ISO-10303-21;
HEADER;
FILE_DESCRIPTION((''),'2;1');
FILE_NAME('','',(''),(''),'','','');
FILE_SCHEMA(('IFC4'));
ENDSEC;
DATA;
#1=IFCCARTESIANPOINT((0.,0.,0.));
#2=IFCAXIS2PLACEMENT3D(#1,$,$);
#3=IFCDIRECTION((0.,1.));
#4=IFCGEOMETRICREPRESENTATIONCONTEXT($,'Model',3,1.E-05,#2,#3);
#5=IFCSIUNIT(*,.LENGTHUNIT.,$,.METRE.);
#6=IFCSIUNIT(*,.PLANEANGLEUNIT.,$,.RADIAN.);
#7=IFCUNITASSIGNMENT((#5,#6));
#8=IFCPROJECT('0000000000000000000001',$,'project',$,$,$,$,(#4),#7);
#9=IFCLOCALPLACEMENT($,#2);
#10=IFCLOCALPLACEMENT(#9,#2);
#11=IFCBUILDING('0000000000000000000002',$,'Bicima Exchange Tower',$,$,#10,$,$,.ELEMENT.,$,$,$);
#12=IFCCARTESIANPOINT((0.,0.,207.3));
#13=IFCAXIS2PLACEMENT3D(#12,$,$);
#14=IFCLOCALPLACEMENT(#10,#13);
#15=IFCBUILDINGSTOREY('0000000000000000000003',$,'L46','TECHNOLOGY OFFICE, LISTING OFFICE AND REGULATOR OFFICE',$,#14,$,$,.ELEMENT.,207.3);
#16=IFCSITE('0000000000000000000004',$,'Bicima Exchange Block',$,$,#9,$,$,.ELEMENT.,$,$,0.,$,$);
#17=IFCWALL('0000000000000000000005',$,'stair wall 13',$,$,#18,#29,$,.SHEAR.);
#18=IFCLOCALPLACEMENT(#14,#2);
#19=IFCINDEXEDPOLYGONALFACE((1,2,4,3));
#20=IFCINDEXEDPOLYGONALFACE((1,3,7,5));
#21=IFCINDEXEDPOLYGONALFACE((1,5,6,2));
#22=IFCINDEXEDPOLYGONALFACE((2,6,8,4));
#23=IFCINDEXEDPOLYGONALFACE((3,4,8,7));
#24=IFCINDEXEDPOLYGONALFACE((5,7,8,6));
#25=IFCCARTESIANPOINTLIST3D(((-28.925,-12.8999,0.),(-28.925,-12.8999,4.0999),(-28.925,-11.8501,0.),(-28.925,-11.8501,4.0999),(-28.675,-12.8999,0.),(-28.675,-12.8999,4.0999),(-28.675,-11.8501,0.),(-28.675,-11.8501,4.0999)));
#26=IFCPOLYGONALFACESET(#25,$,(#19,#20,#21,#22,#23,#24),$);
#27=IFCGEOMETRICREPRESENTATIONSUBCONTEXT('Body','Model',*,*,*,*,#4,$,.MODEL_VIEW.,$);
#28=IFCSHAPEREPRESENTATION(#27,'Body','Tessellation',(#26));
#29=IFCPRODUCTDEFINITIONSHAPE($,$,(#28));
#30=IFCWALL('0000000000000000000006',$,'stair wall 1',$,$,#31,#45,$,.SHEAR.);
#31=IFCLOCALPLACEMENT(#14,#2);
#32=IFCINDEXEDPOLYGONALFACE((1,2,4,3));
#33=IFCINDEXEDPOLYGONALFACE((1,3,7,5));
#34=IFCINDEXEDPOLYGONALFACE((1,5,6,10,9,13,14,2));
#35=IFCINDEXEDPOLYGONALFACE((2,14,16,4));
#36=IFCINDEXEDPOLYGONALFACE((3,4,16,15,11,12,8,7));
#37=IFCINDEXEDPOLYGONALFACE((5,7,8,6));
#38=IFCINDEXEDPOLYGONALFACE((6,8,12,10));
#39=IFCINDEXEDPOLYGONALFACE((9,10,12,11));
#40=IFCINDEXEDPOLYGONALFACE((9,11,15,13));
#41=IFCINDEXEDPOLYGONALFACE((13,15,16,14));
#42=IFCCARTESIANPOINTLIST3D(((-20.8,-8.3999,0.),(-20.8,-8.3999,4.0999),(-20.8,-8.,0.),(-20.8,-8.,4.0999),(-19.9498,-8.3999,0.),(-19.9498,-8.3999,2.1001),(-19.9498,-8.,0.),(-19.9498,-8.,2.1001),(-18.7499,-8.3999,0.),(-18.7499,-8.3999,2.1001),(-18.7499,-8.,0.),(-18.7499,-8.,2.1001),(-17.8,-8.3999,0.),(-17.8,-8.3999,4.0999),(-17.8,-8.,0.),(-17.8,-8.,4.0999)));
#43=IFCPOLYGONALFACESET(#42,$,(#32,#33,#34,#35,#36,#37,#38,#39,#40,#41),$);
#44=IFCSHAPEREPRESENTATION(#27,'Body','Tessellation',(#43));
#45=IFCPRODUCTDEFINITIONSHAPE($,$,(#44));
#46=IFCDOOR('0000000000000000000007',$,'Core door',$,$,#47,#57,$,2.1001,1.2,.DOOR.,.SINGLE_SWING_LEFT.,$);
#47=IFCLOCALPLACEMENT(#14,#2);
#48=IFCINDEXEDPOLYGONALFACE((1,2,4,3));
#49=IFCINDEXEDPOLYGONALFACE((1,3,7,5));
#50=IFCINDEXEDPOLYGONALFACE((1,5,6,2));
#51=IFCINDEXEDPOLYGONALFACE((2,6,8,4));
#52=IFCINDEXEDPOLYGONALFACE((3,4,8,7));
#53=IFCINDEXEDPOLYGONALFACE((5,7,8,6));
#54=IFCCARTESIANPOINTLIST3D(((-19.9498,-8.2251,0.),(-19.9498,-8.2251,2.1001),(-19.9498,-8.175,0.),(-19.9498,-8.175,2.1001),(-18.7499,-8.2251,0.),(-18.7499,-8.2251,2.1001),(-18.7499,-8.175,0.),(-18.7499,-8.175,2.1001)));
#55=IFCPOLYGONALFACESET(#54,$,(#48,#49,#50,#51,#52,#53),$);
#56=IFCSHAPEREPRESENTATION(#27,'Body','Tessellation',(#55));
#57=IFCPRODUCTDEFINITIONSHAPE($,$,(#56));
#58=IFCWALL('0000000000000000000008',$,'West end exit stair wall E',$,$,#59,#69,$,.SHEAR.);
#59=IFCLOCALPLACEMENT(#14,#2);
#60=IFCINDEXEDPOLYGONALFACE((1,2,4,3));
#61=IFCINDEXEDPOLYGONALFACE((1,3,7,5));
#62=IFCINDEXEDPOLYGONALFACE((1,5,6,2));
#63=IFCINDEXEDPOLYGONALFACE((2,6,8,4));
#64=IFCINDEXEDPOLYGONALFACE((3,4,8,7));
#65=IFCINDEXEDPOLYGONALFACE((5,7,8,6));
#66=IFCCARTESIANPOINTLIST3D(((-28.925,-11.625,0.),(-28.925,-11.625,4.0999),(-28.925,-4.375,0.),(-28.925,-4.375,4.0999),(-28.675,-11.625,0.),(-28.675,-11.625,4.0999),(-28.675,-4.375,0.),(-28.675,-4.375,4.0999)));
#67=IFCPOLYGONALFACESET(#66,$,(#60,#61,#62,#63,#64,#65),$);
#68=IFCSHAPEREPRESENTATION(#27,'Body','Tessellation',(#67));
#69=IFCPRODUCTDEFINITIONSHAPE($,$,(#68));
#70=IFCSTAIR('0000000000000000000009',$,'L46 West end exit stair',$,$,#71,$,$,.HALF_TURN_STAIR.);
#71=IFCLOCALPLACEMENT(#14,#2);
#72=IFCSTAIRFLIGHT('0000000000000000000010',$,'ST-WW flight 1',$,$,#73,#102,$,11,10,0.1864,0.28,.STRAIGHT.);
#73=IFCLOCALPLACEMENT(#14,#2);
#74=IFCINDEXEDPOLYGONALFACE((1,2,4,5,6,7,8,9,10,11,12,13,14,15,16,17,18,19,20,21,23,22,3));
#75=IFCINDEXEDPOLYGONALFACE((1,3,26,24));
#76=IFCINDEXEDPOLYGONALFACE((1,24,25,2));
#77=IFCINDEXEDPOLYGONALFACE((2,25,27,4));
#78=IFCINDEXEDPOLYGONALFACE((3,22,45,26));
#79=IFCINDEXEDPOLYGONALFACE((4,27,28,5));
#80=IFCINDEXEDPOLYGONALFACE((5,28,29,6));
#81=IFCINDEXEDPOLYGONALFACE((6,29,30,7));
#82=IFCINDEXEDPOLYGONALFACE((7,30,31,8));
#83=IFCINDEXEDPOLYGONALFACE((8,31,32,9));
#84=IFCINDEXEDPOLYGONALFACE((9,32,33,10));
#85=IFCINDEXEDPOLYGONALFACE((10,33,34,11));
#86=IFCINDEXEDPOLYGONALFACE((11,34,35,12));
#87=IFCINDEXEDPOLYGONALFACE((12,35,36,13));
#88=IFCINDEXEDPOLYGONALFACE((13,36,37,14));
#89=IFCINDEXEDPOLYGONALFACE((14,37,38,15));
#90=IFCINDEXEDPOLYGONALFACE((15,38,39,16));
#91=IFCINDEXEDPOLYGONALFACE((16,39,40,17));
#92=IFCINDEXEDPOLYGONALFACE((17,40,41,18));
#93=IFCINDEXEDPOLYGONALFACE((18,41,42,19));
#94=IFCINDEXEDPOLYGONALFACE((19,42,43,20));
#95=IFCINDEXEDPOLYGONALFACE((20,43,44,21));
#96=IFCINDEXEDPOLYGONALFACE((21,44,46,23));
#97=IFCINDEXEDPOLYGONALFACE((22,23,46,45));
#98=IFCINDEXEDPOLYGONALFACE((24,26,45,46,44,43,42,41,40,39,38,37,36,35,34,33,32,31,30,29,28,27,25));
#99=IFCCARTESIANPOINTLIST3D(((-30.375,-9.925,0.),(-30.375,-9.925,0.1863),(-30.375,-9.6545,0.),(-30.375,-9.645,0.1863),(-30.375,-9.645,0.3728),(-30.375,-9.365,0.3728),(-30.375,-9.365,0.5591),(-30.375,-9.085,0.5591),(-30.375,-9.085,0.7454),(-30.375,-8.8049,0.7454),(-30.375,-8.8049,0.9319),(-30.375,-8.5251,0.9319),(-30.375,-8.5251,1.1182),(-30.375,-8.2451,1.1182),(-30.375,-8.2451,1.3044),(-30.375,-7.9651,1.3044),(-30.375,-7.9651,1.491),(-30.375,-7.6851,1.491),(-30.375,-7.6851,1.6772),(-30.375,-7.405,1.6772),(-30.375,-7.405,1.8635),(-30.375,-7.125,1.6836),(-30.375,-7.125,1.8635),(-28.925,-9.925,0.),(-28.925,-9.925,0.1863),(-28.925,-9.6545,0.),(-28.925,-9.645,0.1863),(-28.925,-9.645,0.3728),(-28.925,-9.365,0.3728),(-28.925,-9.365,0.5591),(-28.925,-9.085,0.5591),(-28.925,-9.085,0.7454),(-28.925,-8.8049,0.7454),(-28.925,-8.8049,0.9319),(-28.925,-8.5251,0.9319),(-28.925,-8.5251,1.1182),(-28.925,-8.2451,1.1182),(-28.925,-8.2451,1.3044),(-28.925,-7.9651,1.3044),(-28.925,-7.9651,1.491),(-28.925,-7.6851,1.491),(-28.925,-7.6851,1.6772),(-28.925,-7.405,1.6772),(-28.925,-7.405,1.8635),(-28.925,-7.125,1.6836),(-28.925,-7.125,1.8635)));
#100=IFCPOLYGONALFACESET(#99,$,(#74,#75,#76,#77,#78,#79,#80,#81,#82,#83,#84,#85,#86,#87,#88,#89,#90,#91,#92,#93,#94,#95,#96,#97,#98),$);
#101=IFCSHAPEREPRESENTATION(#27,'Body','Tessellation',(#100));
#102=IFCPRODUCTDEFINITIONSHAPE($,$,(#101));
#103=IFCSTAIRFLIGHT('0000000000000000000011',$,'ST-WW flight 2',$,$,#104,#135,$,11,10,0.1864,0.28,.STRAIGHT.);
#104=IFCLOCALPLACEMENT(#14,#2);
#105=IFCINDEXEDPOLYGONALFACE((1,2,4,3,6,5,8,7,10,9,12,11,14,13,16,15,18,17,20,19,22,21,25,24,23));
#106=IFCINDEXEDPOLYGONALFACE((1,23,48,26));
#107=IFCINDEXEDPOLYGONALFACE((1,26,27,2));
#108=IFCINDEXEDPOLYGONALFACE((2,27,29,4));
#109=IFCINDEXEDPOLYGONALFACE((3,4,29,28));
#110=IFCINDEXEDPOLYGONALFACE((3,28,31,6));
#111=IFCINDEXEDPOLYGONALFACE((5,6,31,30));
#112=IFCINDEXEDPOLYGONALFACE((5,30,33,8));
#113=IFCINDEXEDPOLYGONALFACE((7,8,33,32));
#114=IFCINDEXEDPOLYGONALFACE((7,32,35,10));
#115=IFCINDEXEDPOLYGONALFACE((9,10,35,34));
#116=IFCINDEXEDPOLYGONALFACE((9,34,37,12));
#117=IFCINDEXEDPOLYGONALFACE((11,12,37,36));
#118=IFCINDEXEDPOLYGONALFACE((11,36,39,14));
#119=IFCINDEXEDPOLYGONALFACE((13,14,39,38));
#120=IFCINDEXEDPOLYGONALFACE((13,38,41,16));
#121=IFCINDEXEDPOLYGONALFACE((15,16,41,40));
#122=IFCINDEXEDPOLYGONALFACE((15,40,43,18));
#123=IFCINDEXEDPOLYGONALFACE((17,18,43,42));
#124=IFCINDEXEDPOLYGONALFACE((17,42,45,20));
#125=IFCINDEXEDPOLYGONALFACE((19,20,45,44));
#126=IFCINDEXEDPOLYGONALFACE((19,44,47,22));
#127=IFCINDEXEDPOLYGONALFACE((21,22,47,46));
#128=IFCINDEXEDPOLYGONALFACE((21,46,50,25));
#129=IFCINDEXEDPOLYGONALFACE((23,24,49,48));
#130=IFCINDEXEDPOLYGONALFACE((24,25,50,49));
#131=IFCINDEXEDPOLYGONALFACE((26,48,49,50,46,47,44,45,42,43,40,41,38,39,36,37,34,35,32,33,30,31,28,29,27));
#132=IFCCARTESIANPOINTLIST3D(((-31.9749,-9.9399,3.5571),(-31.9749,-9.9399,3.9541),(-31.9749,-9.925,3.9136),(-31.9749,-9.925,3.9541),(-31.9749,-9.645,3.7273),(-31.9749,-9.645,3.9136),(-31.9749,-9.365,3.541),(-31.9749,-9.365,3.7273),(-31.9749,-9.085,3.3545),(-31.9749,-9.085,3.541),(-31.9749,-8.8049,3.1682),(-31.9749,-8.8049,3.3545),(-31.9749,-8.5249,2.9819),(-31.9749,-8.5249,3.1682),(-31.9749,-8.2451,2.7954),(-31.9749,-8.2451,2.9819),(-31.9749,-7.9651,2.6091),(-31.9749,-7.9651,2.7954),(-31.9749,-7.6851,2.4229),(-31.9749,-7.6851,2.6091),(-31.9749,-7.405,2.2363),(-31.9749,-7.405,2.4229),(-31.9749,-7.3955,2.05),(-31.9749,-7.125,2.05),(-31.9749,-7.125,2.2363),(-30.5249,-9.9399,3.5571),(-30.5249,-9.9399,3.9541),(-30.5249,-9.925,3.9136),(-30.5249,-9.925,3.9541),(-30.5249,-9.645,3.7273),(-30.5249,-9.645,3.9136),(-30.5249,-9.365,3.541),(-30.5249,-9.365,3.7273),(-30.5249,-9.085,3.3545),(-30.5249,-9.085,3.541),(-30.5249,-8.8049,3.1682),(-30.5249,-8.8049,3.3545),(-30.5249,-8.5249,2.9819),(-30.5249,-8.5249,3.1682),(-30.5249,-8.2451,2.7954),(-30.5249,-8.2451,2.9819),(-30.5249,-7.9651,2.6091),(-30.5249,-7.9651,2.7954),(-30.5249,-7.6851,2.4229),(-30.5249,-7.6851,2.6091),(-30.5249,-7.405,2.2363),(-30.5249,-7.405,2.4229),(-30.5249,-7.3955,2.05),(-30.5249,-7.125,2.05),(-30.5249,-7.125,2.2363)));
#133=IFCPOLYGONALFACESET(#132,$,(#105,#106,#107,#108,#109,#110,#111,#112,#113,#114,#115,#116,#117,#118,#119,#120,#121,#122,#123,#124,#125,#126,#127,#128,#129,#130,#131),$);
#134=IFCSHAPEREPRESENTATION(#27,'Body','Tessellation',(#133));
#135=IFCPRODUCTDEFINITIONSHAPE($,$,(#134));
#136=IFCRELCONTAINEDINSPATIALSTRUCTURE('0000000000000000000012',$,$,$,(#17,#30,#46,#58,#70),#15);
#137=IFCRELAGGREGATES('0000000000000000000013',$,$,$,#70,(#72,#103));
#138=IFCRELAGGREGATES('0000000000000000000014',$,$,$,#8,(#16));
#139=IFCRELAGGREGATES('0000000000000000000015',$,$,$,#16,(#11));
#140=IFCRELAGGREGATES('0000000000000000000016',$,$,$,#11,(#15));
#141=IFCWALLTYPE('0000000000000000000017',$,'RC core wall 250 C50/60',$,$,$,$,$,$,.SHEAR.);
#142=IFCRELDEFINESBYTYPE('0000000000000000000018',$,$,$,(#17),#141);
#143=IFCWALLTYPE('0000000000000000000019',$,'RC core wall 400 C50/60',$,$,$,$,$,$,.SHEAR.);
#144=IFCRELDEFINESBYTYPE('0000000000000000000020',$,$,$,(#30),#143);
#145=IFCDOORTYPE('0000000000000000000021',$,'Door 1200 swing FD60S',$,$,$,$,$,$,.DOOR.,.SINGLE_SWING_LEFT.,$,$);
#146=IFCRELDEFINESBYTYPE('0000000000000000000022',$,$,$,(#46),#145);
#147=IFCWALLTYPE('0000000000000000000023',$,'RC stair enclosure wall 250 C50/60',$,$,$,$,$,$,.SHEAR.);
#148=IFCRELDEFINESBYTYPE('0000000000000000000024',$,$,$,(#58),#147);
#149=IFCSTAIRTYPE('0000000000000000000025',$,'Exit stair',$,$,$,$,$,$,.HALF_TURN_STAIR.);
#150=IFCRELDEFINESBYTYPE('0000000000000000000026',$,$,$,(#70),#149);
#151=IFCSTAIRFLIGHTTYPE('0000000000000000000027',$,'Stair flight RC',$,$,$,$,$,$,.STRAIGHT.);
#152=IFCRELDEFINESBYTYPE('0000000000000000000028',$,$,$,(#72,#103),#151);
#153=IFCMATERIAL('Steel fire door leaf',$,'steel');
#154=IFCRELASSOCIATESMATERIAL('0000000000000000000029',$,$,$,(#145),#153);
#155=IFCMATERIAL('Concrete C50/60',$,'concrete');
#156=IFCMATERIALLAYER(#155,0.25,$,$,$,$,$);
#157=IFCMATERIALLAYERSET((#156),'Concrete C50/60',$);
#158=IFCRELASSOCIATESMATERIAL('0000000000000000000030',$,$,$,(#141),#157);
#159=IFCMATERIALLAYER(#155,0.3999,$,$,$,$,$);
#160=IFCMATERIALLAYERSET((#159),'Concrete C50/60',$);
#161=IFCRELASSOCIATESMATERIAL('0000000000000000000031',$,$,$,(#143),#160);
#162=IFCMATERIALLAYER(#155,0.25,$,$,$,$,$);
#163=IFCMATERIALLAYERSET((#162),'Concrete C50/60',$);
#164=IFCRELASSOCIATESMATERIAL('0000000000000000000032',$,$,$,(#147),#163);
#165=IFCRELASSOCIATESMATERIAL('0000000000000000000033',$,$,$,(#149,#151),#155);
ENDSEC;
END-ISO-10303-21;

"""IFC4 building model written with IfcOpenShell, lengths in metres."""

from ifc_helpers import new_model, si_unit, direction, frame, frame_2d, origin, place, context, subcontext, project, spatial, polyline, rectangle, outline, extrude, material, layer, layer_set, type_object, element, fill, aggregate, save


model = new_model("IFC4")

# Units and contexts
model_context = context("Model", 3, precision=1e-05, world=origin(), true_north=direction((0.0, 1.0)))
body_context = subcontext(model_context, "Body", "Model", "MODEL_VIEW")
ifc_project = project(units=[si_unit("LENGTHUNIT", "METRE"), si_unit("PLANEANGLEUNIT", "RADIAN")], contexts=[model_context])

# Site, building, storey
site_placement = place(None, origin())
site = spatial("IfcSite", under=ifc_project, at=site_placement, Name="Bicima Exchange Block", CompositionType="ELEMENT", RefElevation=0.0)
building_placement = place(site_placement, origin())
building = spatial("IfcBuilding", under=site, at=building_placement, Name="Bicima Exchange Tower", CompositionType="ELEMENT")
storey_placement = place(building_placement, frame((0.0, 0.0, 207.3)))
storey = spatial("IfcBuildingStorey", under=building, at=storey_placement, Name="L46", Description="TECHNOLOGY OFFICE, LISTING OFFICE AND REGULATOR OFFICE", CompositionType="ELEMENT", Elevation=207.3)

# Shared definitions
ifc_material_1 = material(Name="Concrete C50/60", Category="concrete")
ifc_material_2 = material(Name="Steel fire door leaf", Category="steel")
door_type_1 = type_object("IfcDoorType", Name="Door 1200 swing FD60S", OperationType="SINGLE_SWING_LEFT", PredefinedType="DOOR", material=ifc_material_2)

# Wall
ifc_layer_1 = layer(ifc_material_1, 0.25)
ifc_layer_set_1 = layer_set([ifc_layer_1], Name="Concrete C50/60")
wall_type_1 = type_object("IfcWallType", Name="RC core wall 250 C50/60", PredefinedType="SHEAR", material=ifc_layer_set_1)
wall_1_placement = place(storey_placement, frame((-28.8, -12.8999, 0.0), z_axis=(0.0, 0.0, 1.0), x_axis=(0.0, 1.0, 0.0)))
element("IfcWall", 1, at=wall_1_placement, inside=storey, type_object=wall_type_1, Name="stair wall 13", PredefinedType="SHEAR", context=body_context, shape_type="SweptSolid", body=[
    extrude(rectangle(XDim=1.0498, YDim=0.25, at=frame_2d((0.5249, 0.0))), origin(), (0.0, 0.0, 1.0), 4.0999),
])

# Wall, opening, door
ifc_layer_2 = layer(ifc_material_1, 0.3999)
ifc_layer_set_2 = layer_set([ifc_layer_2], Name="Concrete C50/60")
wall_type_2 = type_object("IfcWallType", Name="RC core wall 400 C50/60", PredefinedType="SHEAR", material=ifc_layer_set_2)
wall_2_placement = place(storey_placement, frame((-20.8, -8.2, 0.0), z_axis=(0.0, 0.0, 1.0), x_axis=(1.0, 0.0, 0.0)))
wall_2 = element("IfcWall", 2, at=wall_2_placement, inside=storey, type_object=wall_type_2, Name="stair wall 1", PredefinedType="SHEAR", context=body_context, shape_type="SweptSolid", body=[
    extrude(rectangle(XDim=3.0, YDim=0.3999, at=frame_2d((1.5, 0.0))), origin(), (0.0, 0.0, 1.0), 4.0999),
])
opening_1_placement = place(wall_2_placement, frame((0.8501, 0.0, 0.0)))
opening_1 = element("IfcOpeningElement", 3, at=opening_1_placement, cuts=wall_2, PredefinedType="OPENING", context=body_context, shape_type="SweptSolid", body=[
    extrude(rectangle(XDim=1.2, YDim=2.1001, at=frame_2d((0.6001, 1.05))), frame((0.0, 0.2119, 0.0), z_axis=(0.0, -1.0, 0.0), x_axis=(1.0, 0.0, 0.0)), (0.0, 0.0, 1.0), 0.4238),
])
door_1_placement = place(opening_1_placement, origin())
door_1 = element("IfcDoor", 4, at=door_1_placement, inside=storey, type_object=door_type_1, Name="Core door", OperationType="SINGLE_SWING_LEFT", OverallHeight=2.1001, OverallWidth=1.2, PredefinedType="DOOR", context=body_context, shape_type="SweptSolid", body=[
    extrude(rectangle(XDim=1.2, YDim=2.1001, at=frame_2d((0.6001, 1.05))), frame((0.0, 0.0249, 0.0), z_axis=(0.0, -1.0, 0.0), x_axis=(1.0, 0.0, 0.0)), (0.0, 0.0, 1.0), 0.05),
])
fill(opening_1, door_1)

# Wall
ifc_layer_3 = layer(ifc_material_1, 0.25)
ifc_layer_set_3 = layer_set([ifc_layer_3], Name="Concrete C50/60")
wall_type_3 = type_object("IfcWallType", Name="RC stair enclosure wall 250 C50/60", PredefinedType="SHEAR", material=ifc_layer_set_3)
wall_3_placement = place(storey_placement, frame((-28.8, -11.625, 0.0), z_axis=(0.0, 0.0, 1.0), x_axis=(0.0, 1.0, 0.0)))
element("IfcWall", 5, at=wall_3_placement, inside=storey, type_object=wall_type_3, Name="West end exit stair wall E", PredefinedType="SHEAR", context=body_context, shape_type="SweptSolid", body=[
    extrude(rectangle(XDim=7.25, YDim=0.25, at=frame_2d((3.625, 0.0))), origin(), (0.0, 0.0, 1.0), 4.0999),
])

# Stair, stair flights
stair_type = type_object("IfcStairType", Name="Exit stair", PredefinedType="HALF_TURN_STAIR", material=ifc_material_1)
stair_placement = place(storey_placement, origin())
stair = element("IfcStair", 6, at=stair_placement, inside=storey, type_object=stair_type, Name="L46 West end exit stair", PredefinedType="HALF_TURN_STAIR")
stair_flight_type = type_object("IfcStairFlightType", Name="Stair flight RC", PredefinedType="STRAIGHT", material=ifc_material_1)
stair_flight_1_placement = place(storey_placement, frame((-29.6499, -9.925, 0.0), z_axis=(0.0, 0.0, 1.0), x_axis=(0.0, 1.0, 0.0)))
stair_flight_1 = element("IfcStairFlight", 7, at=stair_flight_1_placement, type_object=stair_flight_type, Name="ST-WW flight 1", NumberOfRisers=11, NumberOfTreads=10, PredefinedType="STRAIGHT", RiserHeight=0.1864, TreadLength=0.28, context=body_context, shape_type="SweptSolid", body=[
    extrude(outline(polyline([(0.0, 0.0), (0.0, 0.1863), (0.28, 0.1863), (0.28, 0.3728), (0.5601, 0.3728), (0.5601, 0.5591), (0.8401, 0.5591), (0.8401, 0.7454), (1.1201, 0.7454), (1.1201, 0.9319), (1.3999, 0.9319), (1.3999, 1.1182), (1.6799, 1.1182), (1.6799, 1.3044), (1.96, 1.3044), (1.96, 1.491), (2.24, 1.491), (2.24, 1.6772), (2.52, 1.6772), (2.52, 1.8635), (2.8, 1.8635), (2.8, 2.05), (2.8, 1.6836), (0.2705, 0.0), (0.0, 0.0)])), frame((0.0, 0.7251, 0.0), z_axis=(0.0, -1.0, 0.0), x_axis=(1.0, 0.0, 0.0)), (0.0, 0.0, 1.0), 1.45),
])
stair_flight_2_placement = place(storey_placement, frame((-31.25, -7.125, 2.05), z_axis=(0.0, 0.0, 1.0), x_axis=(0.0, -1.0, 0.0)))
stair_flight_2 = element("IfcStairFlight", 8, at=stair_flight_2_placement, type_object=stair_flight_type, Name="ST-WW flight 2", NumberOfRisers=11, NumberOfTreads=10, PredefinedType="STRAIGHT", RiserHeight=0.1864, TreadLength=0.28, context=body_context, shape_type="SweptSolid", body=[
    extrude(outline(polyline([(0.0, 0.0), (0.0, 0.1863), (0.28, 0.1863), (0.28, 0.3728), (0.5601, 0.3728), (0.5601, 0.5591), (0.8401, 0.5591), (0.8401, 0.7454), (1.1201, 0.7454), (1.1201, 0.9319), (1.3999, 0.9319), (1.3999, 1.1182), (1.6799, 1.1182), (1.6799, 1.3044), (1.96, 1.3044), (1.96, 1.491), (2.24, 1.491), (2.24, 1.6772), (2.52, 1.6772), (2.52, 1.8635), (2.8, 1.8635), (2.8, 1.9041), (2.8149, 1.9041), (2.8149, 1.5071), (0.2705, 0.0), (0.0, 0.0)])), frame((0.0, 0.7251, 0.0), z_axis=(0.0, -1.0, 0.0), x_axis=(1.0, 0.0, 0.0)), (0.0, 0.0, 1.0), 1.45),
])
aggregate(stair, [stair_flight_1, stair_flight_2])

save(model, "model.ifc")
